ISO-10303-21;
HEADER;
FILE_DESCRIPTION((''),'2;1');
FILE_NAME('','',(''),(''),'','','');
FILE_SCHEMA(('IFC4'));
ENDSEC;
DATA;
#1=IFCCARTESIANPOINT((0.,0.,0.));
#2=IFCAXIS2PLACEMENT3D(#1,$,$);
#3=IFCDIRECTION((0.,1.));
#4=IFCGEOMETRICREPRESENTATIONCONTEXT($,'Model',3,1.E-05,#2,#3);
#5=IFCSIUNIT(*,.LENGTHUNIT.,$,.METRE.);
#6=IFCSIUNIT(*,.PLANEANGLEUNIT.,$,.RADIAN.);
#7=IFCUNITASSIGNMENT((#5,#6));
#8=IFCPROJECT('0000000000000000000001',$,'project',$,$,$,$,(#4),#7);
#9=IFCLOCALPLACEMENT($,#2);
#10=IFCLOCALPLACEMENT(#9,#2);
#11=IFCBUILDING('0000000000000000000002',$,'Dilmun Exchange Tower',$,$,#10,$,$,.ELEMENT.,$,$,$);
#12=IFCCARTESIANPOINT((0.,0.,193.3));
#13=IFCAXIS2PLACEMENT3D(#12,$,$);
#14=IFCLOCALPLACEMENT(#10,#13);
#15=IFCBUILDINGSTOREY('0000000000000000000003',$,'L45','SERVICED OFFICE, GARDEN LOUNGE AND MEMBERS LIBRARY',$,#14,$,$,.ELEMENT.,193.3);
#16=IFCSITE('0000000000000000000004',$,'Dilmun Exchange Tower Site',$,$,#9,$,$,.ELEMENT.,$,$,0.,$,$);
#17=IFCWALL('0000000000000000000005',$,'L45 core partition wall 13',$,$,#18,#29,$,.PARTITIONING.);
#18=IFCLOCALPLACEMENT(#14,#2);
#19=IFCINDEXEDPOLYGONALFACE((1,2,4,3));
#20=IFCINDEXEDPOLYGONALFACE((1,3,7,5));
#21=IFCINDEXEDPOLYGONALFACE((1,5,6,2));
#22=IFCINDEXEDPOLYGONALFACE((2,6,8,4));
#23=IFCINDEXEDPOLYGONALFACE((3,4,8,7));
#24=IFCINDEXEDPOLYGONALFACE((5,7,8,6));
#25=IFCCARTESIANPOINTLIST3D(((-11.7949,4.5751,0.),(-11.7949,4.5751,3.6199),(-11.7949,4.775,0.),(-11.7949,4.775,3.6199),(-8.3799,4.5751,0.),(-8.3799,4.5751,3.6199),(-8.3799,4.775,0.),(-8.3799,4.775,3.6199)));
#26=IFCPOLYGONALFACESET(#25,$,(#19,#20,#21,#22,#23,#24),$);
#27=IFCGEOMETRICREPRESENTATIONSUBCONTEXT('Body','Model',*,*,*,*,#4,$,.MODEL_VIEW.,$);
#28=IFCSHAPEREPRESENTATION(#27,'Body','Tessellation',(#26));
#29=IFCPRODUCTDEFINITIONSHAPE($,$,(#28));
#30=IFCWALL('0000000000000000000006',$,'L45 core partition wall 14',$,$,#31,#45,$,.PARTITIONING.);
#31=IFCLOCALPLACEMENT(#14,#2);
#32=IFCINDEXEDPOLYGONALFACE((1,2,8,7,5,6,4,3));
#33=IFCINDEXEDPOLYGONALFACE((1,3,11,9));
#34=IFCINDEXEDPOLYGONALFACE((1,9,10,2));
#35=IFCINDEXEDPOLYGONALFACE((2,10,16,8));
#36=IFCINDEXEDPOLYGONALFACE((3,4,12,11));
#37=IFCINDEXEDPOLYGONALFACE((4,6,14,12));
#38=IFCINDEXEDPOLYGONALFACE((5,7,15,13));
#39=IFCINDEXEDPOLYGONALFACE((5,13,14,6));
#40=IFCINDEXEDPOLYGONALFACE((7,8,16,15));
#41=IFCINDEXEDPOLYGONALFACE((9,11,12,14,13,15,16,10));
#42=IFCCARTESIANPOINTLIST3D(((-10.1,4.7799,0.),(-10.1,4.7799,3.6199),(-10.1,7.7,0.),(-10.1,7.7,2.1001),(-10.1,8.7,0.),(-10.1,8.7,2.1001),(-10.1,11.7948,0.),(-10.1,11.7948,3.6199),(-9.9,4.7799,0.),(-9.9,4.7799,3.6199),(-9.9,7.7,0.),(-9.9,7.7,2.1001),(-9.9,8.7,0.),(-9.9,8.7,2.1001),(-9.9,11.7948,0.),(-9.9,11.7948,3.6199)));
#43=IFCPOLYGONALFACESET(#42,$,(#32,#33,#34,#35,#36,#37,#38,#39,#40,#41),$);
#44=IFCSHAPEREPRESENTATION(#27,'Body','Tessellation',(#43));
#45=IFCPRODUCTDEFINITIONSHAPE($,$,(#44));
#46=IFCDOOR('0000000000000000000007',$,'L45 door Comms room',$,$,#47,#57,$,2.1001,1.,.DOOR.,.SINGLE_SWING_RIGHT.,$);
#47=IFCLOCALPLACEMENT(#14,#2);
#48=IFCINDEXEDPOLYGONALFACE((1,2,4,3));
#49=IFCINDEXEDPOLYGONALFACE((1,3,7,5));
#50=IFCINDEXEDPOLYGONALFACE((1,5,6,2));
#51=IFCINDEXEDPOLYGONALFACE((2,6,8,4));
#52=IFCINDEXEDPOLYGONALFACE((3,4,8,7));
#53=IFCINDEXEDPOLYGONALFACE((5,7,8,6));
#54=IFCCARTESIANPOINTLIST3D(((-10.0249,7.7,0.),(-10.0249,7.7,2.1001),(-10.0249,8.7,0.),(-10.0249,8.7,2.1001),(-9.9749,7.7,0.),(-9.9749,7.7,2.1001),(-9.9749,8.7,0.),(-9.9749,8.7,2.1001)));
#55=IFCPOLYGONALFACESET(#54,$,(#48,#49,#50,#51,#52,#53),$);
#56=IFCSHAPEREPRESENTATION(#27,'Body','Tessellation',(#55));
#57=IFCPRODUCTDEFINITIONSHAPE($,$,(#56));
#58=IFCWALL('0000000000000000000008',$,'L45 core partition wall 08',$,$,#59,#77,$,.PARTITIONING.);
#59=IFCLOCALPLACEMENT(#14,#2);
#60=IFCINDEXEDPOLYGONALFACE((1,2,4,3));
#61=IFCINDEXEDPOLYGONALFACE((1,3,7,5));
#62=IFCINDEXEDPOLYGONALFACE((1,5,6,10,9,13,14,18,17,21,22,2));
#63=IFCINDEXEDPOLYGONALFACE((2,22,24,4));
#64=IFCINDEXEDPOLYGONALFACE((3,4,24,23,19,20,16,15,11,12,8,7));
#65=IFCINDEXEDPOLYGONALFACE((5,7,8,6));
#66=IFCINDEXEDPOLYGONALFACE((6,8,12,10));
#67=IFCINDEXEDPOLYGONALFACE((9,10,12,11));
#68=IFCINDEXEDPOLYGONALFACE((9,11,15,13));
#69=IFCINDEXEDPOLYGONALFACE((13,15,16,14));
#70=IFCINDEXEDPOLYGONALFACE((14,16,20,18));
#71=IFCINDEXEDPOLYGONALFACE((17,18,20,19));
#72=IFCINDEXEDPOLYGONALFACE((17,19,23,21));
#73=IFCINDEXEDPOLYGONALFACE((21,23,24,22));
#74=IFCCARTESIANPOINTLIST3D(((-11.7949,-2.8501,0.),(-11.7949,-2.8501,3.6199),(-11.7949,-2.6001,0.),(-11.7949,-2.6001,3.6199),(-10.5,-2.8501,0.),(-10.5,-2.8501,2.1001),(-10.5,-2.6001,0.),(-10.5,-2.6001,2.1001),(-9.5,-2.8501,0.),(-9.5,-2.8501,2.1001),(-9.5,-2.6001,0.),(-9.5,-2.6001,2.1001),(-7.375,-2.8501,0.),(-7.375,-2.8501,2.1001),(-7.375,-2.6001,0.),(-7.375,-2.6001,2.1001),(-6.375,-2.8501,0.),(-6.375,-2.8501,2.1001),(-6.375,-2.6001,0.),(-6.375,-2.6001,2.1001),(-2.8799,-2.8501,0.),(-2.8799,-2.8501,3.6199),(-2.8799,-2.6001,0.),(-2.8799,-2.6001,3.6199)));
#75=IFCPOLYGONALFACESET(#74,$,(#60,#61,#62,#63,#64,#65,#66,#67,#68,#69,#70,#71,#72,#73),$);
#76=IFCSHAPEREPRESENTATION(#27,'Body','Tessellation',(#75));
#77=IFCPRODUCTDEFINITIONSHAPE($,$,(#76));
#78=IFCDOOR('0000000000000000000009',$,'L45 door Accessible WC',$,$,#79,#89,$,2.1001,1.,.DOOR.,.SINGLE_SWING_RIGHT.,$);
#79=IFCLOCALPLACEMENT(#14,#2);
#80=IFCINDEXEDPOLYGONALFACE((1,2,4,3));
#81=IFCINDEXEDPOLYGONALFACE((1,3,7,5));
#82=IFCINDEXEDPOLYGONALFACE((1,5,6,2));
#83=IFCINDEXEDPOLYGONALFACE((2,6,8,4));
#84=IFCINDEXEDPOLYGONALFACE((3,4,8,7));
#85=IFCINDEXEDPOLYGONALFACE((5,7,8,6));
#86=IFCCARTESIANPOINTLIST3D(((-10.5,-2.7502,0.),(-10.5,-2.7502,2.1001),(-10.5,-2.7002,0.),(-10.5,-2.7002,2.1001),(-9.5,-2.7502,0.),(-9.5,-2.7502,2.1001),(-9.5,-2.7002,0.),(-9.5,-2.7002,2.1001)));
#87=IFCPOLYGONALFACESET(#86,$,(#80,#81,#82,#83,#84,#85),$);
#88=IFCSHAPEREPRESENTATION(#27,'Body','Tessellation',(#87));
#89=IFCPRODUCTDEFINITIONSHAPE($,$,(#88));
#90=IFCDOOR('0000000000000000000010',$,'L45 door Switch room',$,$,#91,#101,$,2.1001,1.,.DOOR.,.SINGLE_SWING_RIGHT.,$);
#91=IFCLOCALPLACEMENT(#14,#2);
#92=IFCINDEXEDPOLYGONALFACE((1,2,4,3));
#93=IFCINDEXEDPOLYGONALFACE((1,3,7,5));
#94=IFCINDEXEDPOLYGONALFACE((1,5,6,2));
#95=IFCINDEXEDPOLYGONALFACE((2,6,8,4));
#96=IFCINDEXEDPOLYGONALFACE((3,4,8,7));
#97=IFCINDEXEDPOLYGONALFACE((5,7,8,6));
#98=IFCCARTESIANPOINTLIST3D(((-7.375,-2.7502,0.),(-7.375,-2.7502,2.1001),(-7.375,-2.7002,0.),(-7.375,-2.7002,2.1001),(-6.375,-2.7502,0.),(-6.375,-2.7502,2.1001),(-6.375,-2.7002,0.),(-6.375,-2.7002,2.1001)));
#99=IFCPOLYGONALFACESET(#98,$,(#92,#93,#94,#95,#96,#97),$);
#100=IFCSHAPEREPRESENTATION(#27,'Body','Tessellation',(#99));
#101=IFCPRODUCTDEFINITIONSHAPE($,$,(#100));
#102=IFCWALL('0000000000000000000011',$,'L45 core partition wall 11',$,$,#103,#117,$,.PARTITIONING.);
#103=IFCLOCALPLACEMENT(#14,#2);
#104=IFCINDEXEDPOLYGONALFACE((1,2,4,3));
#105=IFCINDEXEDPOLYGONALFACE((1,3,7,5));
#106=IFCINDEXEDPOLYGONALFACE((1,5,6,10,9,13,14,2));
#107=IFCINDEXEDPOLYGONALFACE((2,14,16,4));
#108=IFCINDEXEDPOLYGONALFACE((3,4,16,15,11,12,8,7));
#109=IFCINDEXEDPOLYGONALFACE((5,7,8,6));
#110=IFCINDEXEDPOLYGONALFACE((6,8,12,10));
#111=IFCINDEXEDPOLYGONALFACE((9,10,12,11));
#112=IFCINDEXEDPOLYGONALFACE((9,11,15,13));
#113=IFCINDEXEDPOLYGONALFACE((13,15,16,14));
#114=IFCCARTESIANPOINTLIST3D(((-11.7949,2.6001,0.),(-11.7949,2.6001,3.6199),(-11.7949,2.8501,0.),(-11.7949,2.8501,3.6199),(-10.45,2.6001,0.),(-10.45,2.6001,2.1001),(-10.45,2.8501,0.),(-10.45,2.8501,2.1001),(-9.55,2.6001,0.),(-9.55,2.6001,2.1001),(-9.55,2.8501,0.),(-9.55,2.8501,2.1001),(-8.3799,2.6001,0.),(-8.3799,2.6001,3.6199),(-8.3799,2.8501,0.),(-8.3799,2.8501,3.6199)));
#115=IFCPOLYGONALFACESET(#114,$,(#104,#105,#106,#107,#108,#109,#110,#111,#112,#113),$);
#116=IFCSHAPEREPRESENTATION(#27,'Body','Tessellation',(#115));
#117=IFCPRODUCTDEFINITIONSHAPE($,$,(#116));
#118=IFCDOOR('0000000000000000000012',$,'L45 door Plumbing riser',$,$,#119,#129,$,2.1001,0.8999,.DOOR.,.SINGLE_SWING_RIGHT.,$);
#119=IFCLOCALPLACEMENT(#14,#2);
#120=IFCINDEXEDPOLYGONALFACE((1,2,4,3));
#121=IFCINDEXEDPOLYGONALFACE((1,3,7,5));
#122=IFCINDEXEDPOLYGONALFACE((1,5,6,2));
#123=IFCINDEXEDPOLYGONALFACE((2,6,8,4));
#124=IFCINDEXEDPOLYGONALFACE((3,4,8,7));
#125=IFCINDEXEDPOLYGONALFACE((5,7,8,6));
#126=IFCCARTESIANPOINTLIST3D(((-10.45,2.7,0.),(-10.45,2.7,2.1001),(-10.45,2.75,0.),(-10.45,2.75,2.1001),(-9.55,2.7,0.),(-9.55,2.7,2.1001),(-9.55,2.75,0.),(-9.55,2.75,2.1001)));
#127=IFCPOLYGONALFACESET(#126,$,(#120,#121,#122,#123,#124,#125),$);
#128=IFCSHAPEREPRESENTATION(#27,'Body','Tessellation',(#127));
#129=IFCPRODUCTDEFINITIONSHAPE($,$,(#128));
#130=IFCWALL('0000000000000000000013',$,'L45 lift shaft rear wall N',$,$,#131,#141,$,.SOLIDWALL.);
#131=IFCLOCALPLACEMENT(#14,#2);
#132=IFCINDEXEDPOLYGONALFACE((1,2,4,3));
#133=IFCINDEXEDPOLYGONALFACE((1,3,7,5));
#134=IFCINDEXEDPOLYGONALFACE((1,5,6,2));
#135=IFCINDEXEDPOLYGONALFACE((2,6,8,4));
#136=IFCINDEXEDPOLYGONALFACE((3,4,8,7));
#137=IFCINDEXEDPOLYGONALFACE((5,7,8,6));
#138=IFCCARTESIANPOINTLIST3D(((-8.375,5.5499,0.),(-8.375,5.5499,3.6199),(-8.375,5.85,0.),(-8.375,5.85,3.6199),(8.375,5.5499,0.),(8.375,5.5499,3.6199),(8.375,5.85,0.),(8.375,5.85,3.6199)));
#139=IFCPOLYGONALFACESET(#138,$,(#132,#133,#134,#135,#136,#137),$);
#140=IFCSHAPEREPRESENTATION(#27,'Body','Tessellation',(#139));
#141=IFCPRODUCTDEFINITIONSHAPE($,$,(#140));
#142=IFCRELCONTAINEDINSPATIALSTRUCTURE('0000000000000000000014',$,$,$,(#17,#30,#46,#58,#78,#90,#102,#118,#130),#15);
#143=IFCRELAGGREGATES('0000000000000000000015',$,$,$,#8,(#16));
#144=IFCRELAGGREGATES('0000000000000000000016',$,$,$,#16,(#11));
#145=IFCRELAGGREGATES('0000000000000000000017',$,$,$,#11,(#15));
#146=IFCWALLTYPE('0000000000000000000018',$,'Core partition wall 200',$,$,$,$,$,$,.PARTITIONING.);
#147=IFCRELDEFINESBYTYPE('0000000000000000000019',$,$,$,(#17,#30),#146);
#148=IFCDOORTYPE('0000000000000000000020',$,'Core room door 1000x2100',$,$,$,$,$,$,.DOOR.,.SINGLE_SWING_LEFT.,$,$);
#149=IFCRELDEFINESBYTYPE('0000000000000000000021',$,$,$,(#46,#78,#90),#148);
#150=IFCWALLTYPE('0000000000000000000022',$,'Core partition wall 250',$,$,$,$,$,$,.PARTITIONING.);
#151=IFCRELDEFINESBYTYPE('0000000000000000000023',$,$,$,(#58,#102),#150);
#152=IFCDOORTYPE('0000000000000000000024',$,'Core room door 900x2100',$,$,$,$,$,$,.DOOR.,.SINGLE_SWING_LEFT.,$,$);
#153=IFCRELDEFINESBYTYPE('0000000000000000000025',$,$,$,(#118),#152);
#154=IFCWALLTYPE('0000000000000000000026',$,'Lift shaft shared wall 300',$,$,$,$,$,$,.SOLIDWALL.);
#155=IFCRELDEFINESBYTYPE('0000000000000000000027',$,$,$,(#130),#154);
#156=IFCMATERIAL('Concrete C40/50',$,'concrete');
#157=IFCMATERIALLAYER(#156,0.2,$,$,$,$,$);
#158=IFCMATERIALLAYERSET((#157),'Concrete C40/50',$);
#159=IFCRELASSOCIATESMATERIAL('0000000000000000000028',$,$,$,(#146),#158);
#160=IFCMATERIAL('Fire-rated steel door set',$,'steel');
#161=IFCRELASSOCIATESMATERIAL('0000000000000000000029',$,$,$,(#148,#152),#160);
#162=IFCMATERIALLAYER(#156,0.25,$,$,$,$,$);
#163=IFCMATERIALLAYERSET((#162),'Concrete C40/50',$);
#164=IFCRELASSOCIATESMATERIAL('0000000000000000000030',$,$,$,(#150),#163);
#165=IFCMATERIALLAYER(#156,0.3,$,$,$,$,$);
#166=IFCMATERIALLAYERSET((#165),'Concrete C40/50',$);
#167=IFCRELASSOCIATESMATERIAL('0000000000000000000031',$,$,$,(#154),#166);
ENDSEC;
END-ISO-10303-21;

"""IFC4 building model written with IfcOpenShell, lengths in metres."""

from ifc_helpers import new_model, si_unit, direction, frame, frame_2d, origin, place, context, subcontext, project, spatial, rectangle, extrude, material, layer, layer_set, type_object, element, fill, save


model = new_model("IFC4")

# Units and contexts
model_context = context("Model", 3, precision=1e-05, world=origin(), true_north=direction((0.0, 1.0)))
body_context = subcontext(model_context, "Body", "Model", "MODEL_VIEW")
ifc_project = project(units=[si_unit("LENGTHUNIT", "METRE"), si_unit("PLANEANGLEUNIT", "RADIAN")], contexts=[model_context])

# Site, building, storey
site_placement = place(None, origin())
site = spatial("IfcSite", under=ifc_project, at=site_placement, Name="Dilmun Exchange Tower Site", CompositionType="ELEMENT", RefElevation=0.0)
building_placement = place(site_placement, origin())
building = spatial("IfcBuilding", under=site, at=building_placement, Name="Dilmun Exchange Tower", CompositionType="ELEMENT")
storey_placement = place(building_placement, frame((0.0, 0.0, 193.3)))
storey = spatial("IfcBuildingStorey", under=building, at=storey_placement, Name="L45", Description="SERVICED OFFICE, GARDEN LOUNGE AND MEMBERS LIBRARY", CompositionType="ELEMENT", Elevation=193.3)

# Wall
ifc_material_1 = material(Name="Concrete C40/50", Category="concrete")
ifc_layer_1 = layer(ifc_material_1, 0.2)
ifc_layer_set_1 = layer_set([ifc_layer_1], Name="Concrete C40/50")
wall_type_1 = type_object("IfcWallType", Name="Core partition wall 200", PredefinedType="PARTITIONING", material=ifc_layer_set_1)
wall_1_placement = place(storey_placement, frame((-11.7949, 4.675, 0.0), z_axis=(0.0, 0.0, 1.0), x_axis=(1.0, 0.0, 0.0)))
element("IfcWall", 1, at=wall_1_placement, inside=storey, type_object=wall_type_1, Name="L45 core partition wall 13", PredefinedType="PARTITIONING", context=body_context, shape_type="SweptSolid", body=[
    extrude(rectangle(XDim=3.415, YDim=0.2, at=frame_2d((1.7075, 0.0))), origin(), (0.0, 0.0, 1.0), 3.6199),
])

# Wall, opening, door
wall_2_placement = place(storey_placement, frame((-10.0, 4.78, 0.0), z_axis=(0.0, 0.0, 1.0), x_axis=(0.0, 1.0, 0.0)))
wall_2 = element("IfcWall", 2, at=wall_2_placement, inside=storey, type_object=wall_type_1, Name="L45 core partition wall 14", PredefinedType="PARTITIONING", context=body_context, shape_type="SweptSolid", body=[
    extrude(rectangle(XDim=7.0149, YDim=0.2, at=frame_2d((3.5073, 0.0))), origin(), (0.0, 0.0, 1.0), 3.6199),
])
opening_1_placement = place(wall_2_placement, frame((2.9199, 0.0, 0.0)))
opening_1 = element("IfcOpeningElement", 3, at=opening_1_placement, cuts=wall_2, PredefinedType="OPENING", context=body_context, shape_type="SweptSolid", body=[
    extrude(rectangle(XDim=1.0, YDim=2.1001, at=frame_2d((0.5, 1.05))), frame((0.0, 0.1099, 0.0), z_axis=(0.0, -1.0, 0.0), x_axis=(1.0, 0.0, 0.0)), (0.0, 0.0, 1.0), 0.22),
])
ifc_material_2 = material(Name="Fire-rated steel door set", Category="steel")
door_type_1 = type_object("IfcDoorType", Name="Core room door 1000x2100", OperationType="SINGLE_SWING_LEFT", PredefinedType="DOOR", material=ifc_material_2)
door_1_placement = place(opening_1_placement, origin())
door_1 = element("IfcDoor", 4, at=door_1_placement, inside=storey, type_object=door_type_1, Name="L45 door Comms room", OperationType="SINGLE_SWING_RIGHT", OverallHeight=2.1001, OverallWidth=1.0, PredefinedType="DOOR", context=body_context, shape_type="SweptSolid", body=[
    extrude(rectangle(XDim=1.0, YDim=2.1001, at=frame_2d((0.5, 1.05))), frame((0.0, 0.0249, 0.0), z_axis=(0.0, -1.0, 0.0), x_axis=(1.0, 0.0, 0.0)), (0.0, 0.0, 1.0), 0.05),
])
fill(opening_1, door_1)

# Wall, openings, doors
ifc_layer_2 = layer(ifc_material_1, 0.25)
ifc_layer_set_2 = layer_set([ifc_layer_2], Name="Concrete C40/50")
wall_type_2 = type_object("IfcWallType", Name="Core partition wall 250", PredefinedType="PARTITIONING", material=ifc_layer_set_2)
wall_3_placement = place(storey_placement, frame((-11.7949, -2.7251, 0.0), z_axis=(0.0, 0.0, 1.0), x_axis=(1.0, 0.0, 0.0)))
wall_3 = element("IfcWall", 5, at=wall_3_placement, inside=storey, type_object=wall_type_2, Name="L45 core partition wall 08", PredefinedType="PARTITIONING", context=body_context, shape_type="SweptSolid", body=[
    extrude(rectangle(XDim=8.915, YDim=0.25, at=frame_2d((4.4575, 0.0))), origin(), (0.0, 0.0, 1.0), 3.6199),
])
opening_2_placement = place(wall_3_placement, frame((1.2949, 0.0, 0.0)))
opening_2 = element("IfcOpeningElement", 6, at=opening_2_placement, cuts=wall_3, PredefinedType="OPENING", context=body_context, shape_type="SweptSolid", body=[
    extrude(rectangle(XDim=1.0, YDim=2.1001, at=frame_2d((0.5, 1.05))), frame((0.0, 0.135, 0.0), z_axis=(0.0, -1.0, 0.0), x_axis=(1.0, 0.0, 0.0)), (0.0, 0.0, 1.0), 0.27),
])
opening_3_placement = place(wall_3_placement, frame((4.4199, 0.0, 0.0)))
opening_3 = element("IfcOpeningElement", 7, at=opening_3_placement, cuts=wall_3, PredefinedType="OPENING", context=body_context, shape_type="SweptSolid", body=[
    extrude(rectangle(XDim=1.0, YDim=2.1001, at=frame_2d((0.5, 1.05))), frame((0.0, 0.135, 0.0), z_axis=(0.0, -1.0, 0.0), x_axis=(1.0, 0.0, 0.0)), (0.0, 0.0, 1.0), 0.27),
])
door_2_placement = place(opening_2_placement, origin())
door_2 = element("IfcDoor", 8, at=door_2_placement, inside=storey, type_object=door_type_1, Name="L45 door Accessible WC", OperationType="SINGLE_SWING_RIGHT", OverallHeight=2.1001, OverallWidth=1.0, PredefinedType="DOOR", context=body_context, shape_type="SweptSolid", body=[
    extrude(rectangle(XDim=1.0, YDim=2.1001, at=frame_2d((0.5, 1.05))), frame((0.0, 0.0249, 0.0), z_axis=(0.0, -1.0, 0.0), x_axis=(1.0, 0.0, 0.0)), (0.0, 0.0, 1.0), 0.05),
])
fill(opening_2, door_2)
door_3_placement = place(opening_3_placement, origin())
door_3 = element("IfcDoor", 9, at=door_3_placement, inside=storey, type_object=door_type_1, Name="L45 door Switch room", OperationType="SINGLE_SWING_RIGHT", OverallHeight=2.1001, OverallWidth=1.0, PredefinedType="DOOR", context=body_context, shape_type="SweptSolid", body=[
    extrude(rectangle(XDim=1.0, YDim=2.1001, at=frame_2d((0.5, 1.05))), frame((0.0, 0.0249, 0.0), z_axis=(0.0, -1.0, 0.0), x_axis=(1.0, 0.0, 0.0)), (0.0, 0.0, 1.0), 0.05),
])
fill(opening_3, door_3)

# Wall, opening, door
wall_4_placement = place(storey_placement, frame((-11.7949, 2.7251, 0.0), z_axis=(0.0, 0.0, 1.0), x_axis=(1.0, 0.0, 0.0)))
wall_4 = element("IfcWall", 10, at=wall_4_placement, inside=storey, type_object=wall_type_2, Name="L45 core partition wall 11", PredefinedType="PARTITIONING", context=body_context, shape_type="SweptSolid", body=[
    extrude(rectangle(XDim=3.415, YDim=0.25, at=frame_2d((1.7075, 0.0))), origin(), (0.0, 0.0, 1.0), 3.6199),
])
opening_4_placement = place(wall_4_placement, frame((1.345, 0.0, 0.0)))
opening_4 = element("IfcOpeningElement", 11, at=opening_4_placement, cuts=wall_4, PredefinedType="OPENING", context=body_context, shape_type="SweptSolid", body=[
    extrude(rectangle(XDim=0.8999, YDim=2.1001, at=frame_2d((0.45, 1.05))), frame((0.0, 0.135, 0.0), z_axis=(0.0, -1.0, 0.0), x_axis=(1.0, 0.0, 0.0)), (0.0, 0.0, 1.0), 0.27),
])
door_type_2 = type_object("IfcDoorType", Name="Core room door 900x2100", OperationType="SINGLE_SWING_LEFT", PredefinedType="DOOR", material=ifc_material_2)
door_4_placement = place(opening_4_placement, origin())
door_4 = element("IfcDoor", 12, at=door_4_placement, inside=storey, type_object=door_type_2, Name="L45 door Plumbing riser", OperationType="SINGLE_SWING_RIGHT", OverallHeight=2.1001, OverallWidth=0.8999, PredefinedType="DOOR", context=body_context, shape_type="SweptSolid", body=[
    extrude(rectangle(XDim=0.8999, YDim=2.1001, at=frame_2d((0.45, 1.05))), frame((0.0, 0.0249, 0.0), z_axis=(0.0, -1.0, 0.0), x_axis=(1.0, 0.0, 0.0)), (0.0, 0.0, 1.0), 0.05),
])
fill(opening_4, door_4)

# Wall
ifc_layer_3 = layer(ifc_material_1, 0.3)
ifc_layer_set_3 = layer_set([ifc_layer_3], Name="Concrete C40/50")
wall_type_3 = type_object("IfcWallType", Name="Lift shaft shared wall 300", PredefinedType="SOLIDWALL", material=ifc_layer_set_3)
wall_5_placement = place(storey_placement, frame((-8.375, 5.7, 0.0), z_axis=(0.0, 0.0, 1.0), x_axis=(1.0, 0.0, 0.0)))
element("IfcWall", 13, at=wall_5_placement, inside=storey, type_object=wall_type_3, Name="L45 lift shaft rear wall N", PredefinedType="SOLIDWALL", context=body_context, shape_type="SweptSolid", body=[
    extrude(rectangle(XDim=16.75, YDim=0.3, at=frame_2d((8.375, 0.0))), origin(), (0.0, 0.0, 1.0), 3.6199),
])

save(model, "model.ifc")
